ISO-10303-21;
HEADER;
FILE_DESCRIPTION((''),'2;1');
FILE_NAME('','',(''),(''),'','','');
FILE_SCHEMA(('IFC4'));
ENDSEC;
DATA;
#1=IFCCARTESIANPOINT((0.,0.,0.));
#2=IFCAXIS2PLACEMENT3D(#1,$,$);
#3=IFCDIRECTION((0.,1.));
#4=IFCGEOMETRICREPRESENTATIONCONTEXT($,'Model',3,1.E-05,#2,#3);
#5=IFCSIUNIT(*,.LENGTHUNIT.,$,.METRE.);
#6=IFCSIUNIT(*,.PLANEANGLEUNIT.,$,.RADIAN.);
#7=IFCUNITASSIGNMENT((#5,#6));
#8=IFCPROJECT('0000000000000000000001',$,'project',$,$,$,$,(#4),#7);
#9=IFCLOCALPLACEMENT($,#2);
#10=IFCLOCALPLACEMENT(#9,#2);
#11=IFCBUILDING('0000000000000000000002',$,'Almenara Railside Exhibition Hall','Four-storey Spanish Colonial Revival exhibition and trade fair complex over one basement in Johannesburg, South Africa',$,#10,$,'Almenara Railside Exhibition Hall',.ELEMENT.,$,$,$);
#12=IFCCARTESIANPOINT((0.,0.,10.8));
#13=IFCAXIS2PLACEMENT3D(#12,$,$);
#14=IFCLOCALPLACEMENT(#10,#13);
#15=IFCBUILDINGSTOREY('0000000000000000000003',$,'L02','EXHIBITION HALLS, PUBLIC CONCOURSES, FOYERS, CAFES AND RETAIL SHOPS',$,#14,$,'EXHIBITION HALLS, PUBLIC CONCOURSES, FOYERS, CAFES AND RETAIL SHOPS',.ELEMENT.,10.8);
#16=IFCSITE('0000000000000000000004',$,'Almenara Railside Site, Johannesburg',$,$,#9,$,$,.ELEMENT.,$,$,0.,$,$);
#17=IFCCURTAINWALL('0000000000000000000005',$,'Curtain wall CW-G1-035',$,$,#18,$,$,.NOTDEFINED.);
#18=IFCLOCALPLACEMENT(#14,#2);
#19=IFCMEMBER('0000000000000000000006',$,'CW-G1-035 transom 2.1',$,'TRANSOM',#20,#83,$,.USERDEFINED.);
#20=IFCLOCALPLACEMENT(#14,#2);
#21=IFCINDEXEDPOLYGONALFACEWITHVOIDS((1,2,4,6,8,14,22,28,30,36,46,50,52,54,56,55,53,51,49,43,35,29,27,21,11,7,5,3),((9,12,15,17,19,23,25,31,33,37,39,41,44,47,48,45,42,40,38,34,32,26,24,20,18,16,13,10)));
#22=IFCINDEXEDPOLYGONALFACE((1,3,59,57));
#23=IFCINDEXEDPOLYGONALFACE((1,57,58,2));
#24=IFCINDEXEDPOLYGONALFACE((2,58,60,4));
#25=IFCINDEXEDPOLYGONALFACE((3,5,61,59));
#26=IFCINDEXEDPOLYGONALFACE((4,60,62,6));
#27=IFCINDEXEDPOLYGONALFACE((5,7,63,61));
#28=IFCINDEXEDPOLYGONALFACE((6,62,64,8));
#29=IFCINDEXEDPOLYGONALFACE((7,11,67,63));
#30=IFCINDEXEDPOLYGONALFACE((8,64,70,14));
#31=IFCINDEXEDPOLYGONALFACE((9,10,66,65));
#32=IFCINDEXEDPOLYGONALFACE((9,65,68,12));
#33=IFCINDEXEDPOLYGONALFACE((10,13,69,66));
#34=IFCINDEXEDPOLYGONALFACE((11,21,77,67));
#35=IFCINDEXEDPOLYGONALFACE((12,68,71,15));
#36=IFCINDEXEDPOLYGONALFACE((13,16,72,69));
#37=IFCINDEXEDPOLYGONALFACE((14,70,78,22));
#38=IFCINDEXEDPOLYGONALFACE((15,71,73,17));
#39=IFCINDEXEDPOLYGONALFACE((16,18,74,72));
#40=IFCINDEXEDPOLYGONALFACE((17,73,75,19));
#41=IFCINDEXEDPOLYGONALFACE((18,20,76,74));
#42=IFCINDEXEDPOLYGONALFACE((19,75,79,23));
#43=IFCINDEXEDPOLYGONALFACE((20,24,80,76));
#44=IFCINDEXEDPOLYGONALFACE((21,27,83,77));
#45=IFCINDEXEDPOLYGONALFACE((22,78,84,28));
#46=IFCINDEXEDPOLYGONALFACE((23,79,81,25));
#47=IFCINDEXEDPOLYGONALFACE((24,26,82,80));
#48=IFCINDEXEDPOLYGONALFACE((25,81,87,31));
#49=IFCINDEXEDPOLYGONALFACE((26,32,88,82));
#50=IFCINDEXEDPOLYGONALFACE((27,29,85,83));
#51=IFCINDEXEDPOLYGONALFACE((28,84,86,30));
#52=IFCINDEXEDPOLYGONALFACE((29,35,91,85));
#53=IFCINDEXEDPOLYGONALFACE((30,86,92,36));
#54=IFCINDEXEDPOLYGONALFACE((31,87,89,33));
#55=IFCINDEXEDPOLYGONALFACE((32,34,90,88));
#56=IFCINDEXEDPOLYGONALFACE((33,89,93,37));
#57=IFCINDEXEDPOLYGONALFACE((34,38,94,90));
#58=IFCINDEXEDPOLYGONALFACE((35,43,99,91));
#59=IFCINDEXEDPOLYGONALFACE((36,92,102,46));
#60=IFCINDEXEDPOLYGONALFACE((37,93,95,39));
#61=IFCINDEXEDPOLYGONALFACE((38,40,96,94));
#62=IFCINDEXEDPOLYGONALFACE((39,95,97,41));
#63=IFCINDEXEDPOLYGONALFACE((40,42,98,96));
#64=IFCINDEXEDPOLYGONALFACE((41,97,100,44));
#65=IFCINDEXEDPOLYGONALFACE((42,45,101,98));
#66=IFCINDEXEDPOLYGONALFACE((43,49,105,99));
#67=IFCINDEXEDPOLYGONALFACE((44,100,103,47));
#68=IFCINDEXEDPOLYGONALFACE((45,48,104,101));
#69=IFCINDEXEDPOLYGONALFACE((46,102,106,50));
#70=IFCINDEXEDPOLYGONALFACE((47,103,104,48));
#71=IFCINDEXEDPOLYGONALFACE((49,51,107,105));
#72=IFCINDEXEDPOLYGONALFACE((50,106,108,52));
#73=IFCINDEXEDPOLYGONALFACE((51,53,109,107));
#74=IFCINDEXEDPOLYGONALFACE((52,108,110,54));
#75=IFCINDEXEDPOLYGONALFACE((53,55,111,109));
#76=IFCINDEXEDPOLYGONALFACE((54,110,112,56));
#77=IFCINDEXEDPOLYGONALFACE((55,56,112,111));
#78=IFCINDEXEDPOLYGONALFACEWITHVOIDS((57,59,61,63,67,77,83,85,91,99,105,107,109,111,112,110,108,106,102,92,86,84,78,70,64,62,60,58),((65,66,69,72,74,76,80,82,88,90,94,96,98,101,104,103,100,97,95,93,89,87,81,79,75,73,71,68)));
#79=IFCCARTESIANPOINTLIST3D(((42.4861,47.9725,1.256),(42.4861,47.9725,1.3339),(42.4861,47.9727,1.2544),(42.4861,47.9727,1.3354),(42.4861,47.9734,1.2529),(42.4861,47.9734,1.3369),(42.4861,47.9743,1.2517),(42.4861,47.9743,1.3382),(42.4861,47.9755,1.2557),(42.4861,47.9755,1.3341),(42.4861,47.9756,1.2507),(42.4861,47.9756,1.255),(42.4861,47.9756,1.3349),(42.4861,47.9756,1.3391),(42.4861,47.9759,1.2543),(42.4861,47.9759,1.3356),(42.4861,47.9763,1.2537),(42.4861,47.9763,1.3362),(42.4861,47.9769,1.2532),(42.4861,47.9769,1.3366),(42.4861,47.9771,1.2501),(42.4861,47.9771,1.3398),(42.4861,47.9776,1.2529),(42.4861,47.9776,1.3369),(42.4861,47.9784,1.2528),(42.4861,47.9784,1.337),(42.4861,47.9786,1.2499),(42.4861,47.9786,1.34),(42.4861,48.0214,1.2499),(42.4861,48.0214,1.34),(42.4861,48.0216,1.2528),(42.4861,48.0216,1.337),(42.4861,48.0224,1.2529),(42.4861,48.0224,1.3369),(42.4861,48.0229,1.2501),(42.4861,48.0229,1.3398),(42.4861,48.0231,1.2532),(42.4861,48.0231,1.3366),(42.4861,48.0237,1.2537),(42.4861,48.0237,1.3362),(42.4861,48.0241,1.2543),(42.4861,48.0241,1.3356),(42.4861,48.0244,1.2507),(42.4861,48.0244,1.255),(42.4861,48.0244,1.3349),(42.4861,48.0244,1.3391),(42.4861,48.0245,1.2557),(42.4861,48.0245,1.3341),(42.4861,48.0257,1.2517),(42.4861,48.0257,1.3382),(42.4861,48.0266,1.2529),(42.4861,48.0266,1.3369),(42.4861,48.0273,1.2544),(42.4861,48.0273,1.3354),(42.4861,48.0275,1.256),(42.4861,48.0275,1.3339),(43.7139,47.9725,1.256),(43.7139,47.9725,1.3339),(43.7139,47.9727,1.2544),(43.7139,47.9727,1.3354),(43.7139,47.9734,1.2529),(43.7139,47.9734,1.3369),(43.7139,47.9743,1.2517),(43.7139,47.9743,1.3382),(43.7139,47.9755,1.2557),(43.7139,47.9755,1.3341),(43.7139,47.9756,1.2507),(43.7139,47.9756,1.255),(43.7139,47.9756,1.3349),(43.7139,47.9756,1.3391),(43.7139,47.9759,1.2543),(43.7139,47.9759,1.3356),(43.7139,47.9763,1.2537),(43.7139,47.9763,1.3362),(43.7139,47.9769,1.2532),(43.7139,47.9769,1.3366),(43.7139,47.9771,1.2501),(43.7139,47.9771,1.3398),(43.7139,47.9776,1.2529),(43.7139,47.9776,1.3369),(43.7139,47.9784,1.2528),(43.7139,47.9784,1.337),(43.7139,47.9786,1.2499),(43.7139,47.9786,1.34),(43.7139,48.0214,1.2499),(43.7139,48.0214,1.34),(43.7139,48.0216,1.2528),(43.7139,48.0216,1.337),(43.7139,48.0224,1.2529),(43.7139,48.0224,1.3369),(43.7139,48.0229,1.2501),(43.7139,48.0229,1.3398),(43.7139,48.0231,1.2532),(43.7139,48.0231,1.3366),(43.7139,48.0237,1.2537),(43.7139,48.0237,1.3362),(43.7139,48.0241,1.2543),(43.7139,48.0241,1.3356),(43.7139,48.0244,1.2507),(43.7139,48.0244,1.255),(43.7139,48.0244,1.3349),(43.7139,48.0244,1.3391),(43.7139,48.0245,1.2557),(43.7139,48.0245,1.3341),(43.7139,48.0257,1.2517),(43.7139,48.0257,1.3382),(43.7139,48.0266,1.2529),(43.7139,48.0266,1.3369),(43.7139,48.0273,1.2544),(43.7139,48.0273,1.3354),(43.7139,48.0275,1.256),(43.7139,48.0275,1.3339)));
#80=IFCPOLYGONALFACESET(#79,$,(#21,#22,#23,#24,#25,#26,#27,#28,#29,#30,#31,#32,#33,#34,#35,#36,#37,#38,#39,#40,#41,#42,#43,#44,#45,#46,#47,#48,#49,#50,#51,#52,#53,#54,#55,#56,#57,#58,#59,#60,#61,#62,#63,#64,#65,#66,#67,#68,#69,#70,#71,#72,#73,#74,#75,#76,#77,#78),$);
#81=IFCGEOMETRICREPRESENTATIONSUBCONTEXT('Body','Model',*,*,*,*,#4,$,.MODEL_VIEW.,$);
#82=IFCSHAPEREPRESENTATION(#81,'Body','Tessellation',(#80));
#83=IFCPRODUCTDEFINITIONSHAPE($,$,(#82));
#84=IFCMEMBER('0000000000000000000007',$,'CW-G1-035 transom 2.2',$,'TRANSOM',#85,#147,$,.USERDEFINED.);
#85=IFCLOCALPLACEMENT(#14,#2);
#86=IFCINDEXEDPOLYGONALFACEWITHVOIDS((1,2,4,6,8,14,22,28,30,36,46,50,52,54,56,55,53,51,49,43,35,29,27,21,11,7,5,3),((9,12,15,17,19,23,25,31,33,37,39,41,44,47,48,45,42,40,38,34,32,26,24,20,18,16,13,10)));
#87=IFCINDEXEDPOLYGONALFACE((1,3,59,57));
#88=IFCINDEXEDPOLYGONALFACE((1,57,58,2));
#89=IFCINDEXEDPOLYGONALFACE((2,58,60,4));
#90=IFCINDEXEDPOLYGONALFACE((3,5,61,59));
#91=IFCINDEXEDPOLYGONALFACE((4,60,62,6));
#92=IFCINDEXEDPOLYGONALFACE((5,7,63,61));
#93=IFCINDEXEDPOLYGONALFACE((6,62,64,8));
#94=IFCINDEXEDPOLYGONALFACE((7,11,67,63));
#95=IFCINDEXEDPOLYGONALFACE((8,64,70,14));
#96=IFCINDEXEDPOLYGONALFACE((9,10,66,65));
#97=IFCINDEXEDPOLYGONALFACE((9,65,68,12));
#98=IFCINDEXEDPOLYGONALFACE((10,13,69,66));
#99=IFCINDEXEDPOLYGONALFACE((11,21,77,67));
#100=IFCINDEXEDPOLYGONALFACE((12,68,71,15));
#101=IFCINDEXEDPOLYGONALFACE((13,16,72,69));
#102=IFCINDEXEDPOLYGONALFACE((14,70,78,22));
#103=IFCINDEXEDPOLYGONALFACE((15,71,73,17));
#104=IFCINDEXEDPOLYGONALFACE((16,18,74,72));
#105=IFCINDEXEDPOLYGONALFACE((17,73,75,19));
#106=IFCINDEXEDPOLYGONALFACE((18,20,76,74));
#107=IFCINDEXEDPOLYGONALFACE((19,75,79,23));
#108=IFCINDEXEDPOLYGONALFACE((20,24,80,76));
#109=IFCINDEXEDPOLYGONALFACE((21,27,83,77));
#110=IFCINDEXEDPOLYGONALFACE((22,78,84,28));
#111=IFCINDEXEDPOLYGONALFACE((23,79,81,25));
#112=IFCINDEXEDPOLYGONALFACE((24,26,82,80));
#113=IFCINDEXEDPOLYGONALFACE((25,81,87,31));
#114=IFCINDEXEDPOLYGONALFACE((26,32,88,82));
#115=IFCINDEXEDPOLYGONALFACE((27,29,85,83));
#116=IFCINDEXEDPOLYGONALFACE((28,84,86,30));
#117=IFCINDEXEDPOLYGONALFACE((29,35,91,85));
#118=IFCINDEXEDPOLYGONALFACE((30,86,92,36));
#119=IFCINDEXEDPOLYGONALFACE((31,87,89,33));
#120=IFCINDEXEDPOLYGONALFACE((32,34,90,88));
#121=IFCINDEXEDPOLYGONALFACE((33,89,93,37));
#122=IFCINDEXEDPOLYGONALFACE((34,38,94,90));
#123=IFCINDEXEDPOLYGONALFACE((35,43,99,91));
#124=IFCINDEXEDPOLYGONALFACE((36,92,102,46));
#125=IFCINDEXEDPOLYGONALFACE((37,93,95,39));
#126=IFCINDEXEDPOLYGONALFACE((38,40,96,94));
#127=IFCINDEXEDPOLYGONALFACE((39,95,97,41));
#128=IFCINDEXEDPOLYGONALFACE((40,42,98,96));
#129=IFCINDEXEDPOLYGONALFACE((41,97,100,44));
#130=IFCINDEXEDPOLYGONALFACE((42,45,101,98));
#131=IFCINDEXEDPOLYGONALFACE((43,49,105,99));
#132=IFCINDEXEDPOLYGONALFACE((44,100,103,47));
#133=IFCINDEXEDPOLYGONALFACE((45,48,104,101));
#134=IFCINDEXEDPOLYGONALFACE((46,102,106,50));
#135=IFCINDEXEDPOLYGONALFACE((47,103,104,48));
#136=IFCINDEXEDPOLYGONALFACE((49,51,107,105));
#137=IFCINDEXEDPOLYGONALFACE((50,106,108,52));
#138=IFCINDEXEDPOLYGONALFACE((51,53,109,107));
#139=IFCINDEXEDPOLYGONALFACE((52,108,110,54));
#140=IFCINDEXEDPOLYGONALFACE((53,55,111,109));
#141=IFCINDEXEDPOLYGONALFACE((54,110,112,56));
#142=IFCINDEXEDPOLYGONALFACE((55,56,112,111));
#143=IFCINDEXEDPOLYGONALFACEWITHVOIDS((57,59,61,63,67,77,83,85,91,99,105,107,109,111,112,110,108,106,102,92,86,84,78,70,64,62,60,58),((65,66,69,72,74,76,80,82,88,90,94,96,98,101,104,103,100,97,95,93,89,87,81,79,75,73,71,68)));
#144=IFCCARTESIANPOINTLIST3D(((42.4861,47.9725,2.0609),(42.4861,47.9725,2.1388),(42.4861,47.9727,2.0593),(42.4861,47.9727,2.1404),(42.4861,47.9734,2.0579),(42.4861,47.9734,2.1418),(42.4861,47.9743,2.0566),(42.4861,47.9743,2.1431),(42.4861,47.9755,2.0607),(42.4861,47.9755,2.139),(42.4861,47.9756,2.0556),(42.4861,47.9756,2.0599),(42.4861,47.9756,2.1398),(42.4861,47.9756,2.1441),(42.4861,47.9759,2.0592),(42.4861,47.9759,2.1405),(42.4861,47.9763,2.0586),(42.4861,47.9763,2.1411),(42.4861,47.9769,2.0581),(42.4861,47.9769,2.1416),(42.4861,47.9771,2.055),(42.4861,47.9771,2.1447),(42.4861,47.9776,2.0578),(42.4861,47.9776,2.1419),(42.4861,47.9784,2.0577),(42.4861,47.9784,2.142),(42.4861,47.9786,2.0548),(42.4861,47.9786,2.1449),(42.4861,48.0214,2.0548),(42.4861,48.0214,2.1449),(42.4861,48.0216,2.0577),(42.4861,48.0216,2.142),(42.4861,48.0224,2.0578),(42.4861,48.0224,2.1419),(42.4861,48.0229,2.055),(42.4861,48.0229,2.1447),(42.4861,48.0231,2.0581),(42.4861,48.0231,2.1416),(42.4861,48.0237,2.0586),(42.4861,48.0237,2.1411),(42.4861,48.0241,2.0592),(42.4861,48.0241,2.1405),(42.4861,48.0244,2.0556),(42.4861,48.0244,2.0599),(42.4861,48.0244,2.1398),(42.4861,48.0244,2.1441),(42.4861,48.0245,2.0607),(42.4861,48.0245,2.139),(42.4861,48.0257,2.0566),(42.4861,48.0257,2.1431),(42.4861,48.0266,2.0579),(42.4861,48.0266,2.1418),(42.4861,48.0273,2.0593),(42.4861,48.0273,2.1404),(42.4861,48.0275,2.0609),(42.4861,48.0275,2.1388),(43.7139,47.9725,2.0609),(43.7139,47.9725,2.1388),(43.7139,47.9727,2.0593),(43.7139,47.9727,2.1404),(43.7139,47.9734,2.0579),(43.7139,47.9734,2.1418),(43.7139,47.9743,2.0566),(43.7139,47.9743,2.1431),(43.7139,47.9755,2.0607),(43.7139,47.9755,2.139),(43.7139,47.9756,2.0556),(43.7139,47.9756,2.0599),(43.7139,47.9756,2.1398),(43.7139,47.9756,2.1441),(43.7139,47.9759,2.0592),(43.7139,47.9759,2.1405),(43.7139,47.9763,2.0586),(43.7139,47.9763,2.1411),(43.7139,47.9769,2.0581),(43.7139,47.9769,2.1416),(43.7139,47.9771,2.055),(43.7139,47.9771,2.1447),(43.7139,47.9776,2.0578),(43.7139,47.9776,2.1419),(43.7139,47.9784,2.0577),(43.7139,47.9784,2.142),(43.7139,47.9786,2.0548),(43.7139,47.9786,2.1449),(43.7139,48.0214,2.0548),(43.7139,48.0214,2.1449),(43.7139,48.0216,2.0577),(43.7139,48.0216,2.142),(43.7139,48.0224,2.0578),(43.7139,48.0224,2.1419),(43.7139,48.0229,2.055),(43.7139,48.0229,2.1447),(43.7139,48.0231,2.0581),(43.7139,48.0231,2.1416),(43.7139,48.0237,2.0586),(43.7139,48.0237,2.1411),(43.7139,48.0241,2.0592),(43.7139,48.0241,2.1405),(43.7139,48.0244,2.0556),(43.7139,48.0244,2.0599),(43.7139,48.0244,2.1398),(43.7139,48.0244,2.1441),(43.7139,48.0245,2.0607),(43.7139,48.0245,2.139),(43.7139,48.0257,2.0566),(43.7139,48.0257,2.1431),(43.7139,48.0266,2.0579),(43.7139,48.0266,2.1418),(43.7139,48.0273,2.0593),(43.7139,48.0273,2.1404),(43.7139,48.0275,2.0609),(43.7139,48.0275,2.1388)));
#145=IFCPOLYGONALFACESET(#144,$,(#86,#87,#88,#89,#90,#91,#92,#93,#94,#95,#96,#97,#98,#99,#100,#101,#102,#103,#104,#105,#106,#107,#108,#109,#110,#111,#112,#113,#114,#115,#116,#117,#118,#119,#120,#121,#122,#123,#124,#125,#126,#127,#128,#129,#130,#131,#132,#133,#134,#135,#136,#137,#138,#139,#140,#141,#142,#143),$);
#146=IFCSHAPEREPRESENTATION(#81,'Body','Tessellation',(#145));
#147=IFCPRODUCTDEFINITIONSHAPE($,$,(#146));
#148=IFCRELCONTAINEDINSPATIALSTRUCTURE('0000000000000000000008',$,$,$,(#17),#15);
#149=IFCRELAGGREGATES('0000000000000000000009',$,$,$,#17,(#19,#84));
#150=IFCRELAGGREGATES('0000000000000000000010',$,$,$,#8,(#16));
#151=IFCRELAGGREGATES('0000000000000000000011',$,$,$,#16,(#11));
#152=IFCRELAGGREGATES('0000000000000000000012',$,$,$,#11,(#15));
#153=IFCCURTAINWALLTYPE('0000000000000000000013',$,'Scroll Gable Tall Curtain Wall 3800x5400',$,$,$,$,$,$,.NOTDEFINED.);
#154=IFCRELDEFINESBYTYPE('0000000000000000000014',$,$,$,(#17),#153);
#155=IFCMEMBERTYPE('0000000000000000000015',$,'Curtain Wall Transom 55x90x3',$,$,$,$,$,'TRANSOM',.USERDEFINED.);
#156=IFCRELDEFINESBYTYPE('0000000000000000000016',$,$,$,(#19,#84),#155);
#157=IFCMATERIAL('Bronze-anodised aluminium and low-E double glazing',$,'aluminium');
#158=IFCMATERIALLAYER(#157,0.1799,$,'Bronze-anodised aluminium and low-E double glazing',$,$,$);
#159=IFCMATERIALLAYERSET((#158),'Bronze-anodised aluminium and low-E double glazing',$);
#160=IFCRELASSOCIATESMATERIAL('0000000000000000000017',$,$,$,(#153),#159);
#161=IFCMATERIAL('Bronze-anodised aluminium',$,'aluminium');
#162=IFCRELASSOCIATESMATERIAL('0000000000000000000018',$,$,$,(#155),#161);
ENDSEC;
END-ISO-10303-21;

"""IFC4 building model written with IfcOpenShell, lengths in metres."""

from ifc_helpers import new_model, si_unit, direction, frame, origin, origin_2d, place, context, subcontext, project, spatial, hollow_rectangle, extrude, material, layer, layer_set, material_profile, profile_set, type_object, element, aggregate, save


model = new_model("IFC4")

# Units and contexts
model_context = context("Model", 3, precision=1e-05, world=origin(), true_north=direction((0.0, 1.0)))
body_context = subcontext(model_context, "Body", "Model", "MODEL_VIEW")
ifc_project = project(units=[si_unit("LENGTHUNIT", "METRE"), si_unit("PLANEANGLEUNIT", "RADIAN")], contexts=[model_context])

# Site, building, storey
site_placement = place(None, origin())
site = spatial("IfcSite", under=ifc_project, at=site_placement, Name="Almenara Railside Site, Johannesburg", CompositionType="ELEMENT", RefElevation=0.0)
building_placement = place(site_placement, origin())
building = spatial("IfcBuilding", under=site, at=building_placement, Name="Almenara Railside Exhibition Hall", Description="Four-storey Spanish Colonial Revival exhibition and trade fair complex over one basement in Johannesburg, South Africa", LongName="Almenara Railside Exhibition Hall", CompositionType="ELEMENT")
storey_placement = place(building_placement, frame((0.0, 0.0, 10.8)))
storey = spatial("IfcBuildingStorey", under=building, at=storey_placement, Name="L02", Description="EXHIBITION HALLS, PUBLIC CONCOURSES, FOYERS, CAFES AND RETAIL SHOPS", LongName="EXHIBITION HALLS, PUBLIC CONCOURSES, FOYERS, CAFES AND RETAIL SHOPS", CompositionType="ELEMENT", Elevation=10.8)

# Curtain wall
ifc_material_1 = material(Name="Bronze-anodised aluminium and low-E double glazing", Category="aluminium")
ifc_layer_1 = layer(ifc_material_1, 0.1799, Name="Bronze-anodised aluminium and low-E double glazing")
ifc_layer_set_1 = layer_set([ifc_layer_1], Name="Bronze-anodised aluminium and low-E double glazing")
curtain_wall_type = type_object("IfcCurtainWallType", Name="Scroll Gable Tall Curtain Wall 3800x5400", PredefinedType="NOTDEFINED", material=ifc_layer_set_1)
curtain_wall_1_placement = place(storey_placement, origin())
curtain_wall_1 = element("IfcCurtainWall", 1, at=curtain_wall_1_placement, inside=storey, type_object=curtain_wall_type, Name="Curtain wall CW-G1-035", PredefinedType="NOTDEFINED")
ifc_material_2 = material(Name="Bronze-anodised aluminium", Category="aluminium")

# Members
ifc_material_profile_1 = material_profile(ifc_material_2, hollow_rectangle(XDim=0.0549, YDim=0.0901, WallThickness=0.0029, InnerFilletRadius=0.0029, OuterFilletRadius=0.0061, at=origin_2d()), Name="ALU-TRN 55x90x3")
ifc_profile_set_1 = profile_set([ifc_material_profile_1], Name="Bronze-anodised aluminium")
member_type_1 = type_object("IfcMemberType", Name="Curtain Wall Transom 55x90x3", ElementType="TRANSOM", PredefinedType="USERDEFINED", material=ifc_profile_set_1)
member_1_placement = place(storey_placement, frame((42.4861, 48.0, 1.2949), z_axis=(1.0, 0.0, 0.0), x_axis=(0.0, 1.0, 0.0)))
member_1 = element("IfcMember", 2, at=member_1_placement, type_object=member_type_1, Name="CW-G1-035 transom 2.1", ObjectType="TRANSOM", PredefinedType="USERDEFINED", context=body_context, shape_type="SweptSolid", body=[
    extrude(hollow_rectangle(XDim=0.0549, YDim=0.0901, WallThickness=0.0029, InnerFilletRadius=0.0029, OuterFilletRadius=0.0061, at=origin_2d()), origin(), (0.0, 0.0, 1.0), 1.2278),
])
member_2_placement = place(storey_placement, frame((42.4861, 48.0, 2.0999), z_axis=(1.0, 0.0, 0.0), x_axis=(0.0, 1.0, 0.0)))
member_2 = element("IfcMember", 3, at=member_2_placement, type_object=member_type_1, Name="CW-G1-035 transom 2.2", ObjectType="TRANSOM", PredefinedType="USERDEFINED", context=body_context, shape_type="SweptSolid", body=[
    extrude(hollow_rectangle(XDim=0.0549, YDim=0.0901, WallThickness=0.0029, InnerFilletRadius=0.0029, OuterFilletRadius=0.0061, at=origin_2d()), origin(), (0.0, 0.0, 1.0), 1.2278),
])

aggregate(curtain_wall_1, [member_1, member_2])

save(model, "model.ifc")
